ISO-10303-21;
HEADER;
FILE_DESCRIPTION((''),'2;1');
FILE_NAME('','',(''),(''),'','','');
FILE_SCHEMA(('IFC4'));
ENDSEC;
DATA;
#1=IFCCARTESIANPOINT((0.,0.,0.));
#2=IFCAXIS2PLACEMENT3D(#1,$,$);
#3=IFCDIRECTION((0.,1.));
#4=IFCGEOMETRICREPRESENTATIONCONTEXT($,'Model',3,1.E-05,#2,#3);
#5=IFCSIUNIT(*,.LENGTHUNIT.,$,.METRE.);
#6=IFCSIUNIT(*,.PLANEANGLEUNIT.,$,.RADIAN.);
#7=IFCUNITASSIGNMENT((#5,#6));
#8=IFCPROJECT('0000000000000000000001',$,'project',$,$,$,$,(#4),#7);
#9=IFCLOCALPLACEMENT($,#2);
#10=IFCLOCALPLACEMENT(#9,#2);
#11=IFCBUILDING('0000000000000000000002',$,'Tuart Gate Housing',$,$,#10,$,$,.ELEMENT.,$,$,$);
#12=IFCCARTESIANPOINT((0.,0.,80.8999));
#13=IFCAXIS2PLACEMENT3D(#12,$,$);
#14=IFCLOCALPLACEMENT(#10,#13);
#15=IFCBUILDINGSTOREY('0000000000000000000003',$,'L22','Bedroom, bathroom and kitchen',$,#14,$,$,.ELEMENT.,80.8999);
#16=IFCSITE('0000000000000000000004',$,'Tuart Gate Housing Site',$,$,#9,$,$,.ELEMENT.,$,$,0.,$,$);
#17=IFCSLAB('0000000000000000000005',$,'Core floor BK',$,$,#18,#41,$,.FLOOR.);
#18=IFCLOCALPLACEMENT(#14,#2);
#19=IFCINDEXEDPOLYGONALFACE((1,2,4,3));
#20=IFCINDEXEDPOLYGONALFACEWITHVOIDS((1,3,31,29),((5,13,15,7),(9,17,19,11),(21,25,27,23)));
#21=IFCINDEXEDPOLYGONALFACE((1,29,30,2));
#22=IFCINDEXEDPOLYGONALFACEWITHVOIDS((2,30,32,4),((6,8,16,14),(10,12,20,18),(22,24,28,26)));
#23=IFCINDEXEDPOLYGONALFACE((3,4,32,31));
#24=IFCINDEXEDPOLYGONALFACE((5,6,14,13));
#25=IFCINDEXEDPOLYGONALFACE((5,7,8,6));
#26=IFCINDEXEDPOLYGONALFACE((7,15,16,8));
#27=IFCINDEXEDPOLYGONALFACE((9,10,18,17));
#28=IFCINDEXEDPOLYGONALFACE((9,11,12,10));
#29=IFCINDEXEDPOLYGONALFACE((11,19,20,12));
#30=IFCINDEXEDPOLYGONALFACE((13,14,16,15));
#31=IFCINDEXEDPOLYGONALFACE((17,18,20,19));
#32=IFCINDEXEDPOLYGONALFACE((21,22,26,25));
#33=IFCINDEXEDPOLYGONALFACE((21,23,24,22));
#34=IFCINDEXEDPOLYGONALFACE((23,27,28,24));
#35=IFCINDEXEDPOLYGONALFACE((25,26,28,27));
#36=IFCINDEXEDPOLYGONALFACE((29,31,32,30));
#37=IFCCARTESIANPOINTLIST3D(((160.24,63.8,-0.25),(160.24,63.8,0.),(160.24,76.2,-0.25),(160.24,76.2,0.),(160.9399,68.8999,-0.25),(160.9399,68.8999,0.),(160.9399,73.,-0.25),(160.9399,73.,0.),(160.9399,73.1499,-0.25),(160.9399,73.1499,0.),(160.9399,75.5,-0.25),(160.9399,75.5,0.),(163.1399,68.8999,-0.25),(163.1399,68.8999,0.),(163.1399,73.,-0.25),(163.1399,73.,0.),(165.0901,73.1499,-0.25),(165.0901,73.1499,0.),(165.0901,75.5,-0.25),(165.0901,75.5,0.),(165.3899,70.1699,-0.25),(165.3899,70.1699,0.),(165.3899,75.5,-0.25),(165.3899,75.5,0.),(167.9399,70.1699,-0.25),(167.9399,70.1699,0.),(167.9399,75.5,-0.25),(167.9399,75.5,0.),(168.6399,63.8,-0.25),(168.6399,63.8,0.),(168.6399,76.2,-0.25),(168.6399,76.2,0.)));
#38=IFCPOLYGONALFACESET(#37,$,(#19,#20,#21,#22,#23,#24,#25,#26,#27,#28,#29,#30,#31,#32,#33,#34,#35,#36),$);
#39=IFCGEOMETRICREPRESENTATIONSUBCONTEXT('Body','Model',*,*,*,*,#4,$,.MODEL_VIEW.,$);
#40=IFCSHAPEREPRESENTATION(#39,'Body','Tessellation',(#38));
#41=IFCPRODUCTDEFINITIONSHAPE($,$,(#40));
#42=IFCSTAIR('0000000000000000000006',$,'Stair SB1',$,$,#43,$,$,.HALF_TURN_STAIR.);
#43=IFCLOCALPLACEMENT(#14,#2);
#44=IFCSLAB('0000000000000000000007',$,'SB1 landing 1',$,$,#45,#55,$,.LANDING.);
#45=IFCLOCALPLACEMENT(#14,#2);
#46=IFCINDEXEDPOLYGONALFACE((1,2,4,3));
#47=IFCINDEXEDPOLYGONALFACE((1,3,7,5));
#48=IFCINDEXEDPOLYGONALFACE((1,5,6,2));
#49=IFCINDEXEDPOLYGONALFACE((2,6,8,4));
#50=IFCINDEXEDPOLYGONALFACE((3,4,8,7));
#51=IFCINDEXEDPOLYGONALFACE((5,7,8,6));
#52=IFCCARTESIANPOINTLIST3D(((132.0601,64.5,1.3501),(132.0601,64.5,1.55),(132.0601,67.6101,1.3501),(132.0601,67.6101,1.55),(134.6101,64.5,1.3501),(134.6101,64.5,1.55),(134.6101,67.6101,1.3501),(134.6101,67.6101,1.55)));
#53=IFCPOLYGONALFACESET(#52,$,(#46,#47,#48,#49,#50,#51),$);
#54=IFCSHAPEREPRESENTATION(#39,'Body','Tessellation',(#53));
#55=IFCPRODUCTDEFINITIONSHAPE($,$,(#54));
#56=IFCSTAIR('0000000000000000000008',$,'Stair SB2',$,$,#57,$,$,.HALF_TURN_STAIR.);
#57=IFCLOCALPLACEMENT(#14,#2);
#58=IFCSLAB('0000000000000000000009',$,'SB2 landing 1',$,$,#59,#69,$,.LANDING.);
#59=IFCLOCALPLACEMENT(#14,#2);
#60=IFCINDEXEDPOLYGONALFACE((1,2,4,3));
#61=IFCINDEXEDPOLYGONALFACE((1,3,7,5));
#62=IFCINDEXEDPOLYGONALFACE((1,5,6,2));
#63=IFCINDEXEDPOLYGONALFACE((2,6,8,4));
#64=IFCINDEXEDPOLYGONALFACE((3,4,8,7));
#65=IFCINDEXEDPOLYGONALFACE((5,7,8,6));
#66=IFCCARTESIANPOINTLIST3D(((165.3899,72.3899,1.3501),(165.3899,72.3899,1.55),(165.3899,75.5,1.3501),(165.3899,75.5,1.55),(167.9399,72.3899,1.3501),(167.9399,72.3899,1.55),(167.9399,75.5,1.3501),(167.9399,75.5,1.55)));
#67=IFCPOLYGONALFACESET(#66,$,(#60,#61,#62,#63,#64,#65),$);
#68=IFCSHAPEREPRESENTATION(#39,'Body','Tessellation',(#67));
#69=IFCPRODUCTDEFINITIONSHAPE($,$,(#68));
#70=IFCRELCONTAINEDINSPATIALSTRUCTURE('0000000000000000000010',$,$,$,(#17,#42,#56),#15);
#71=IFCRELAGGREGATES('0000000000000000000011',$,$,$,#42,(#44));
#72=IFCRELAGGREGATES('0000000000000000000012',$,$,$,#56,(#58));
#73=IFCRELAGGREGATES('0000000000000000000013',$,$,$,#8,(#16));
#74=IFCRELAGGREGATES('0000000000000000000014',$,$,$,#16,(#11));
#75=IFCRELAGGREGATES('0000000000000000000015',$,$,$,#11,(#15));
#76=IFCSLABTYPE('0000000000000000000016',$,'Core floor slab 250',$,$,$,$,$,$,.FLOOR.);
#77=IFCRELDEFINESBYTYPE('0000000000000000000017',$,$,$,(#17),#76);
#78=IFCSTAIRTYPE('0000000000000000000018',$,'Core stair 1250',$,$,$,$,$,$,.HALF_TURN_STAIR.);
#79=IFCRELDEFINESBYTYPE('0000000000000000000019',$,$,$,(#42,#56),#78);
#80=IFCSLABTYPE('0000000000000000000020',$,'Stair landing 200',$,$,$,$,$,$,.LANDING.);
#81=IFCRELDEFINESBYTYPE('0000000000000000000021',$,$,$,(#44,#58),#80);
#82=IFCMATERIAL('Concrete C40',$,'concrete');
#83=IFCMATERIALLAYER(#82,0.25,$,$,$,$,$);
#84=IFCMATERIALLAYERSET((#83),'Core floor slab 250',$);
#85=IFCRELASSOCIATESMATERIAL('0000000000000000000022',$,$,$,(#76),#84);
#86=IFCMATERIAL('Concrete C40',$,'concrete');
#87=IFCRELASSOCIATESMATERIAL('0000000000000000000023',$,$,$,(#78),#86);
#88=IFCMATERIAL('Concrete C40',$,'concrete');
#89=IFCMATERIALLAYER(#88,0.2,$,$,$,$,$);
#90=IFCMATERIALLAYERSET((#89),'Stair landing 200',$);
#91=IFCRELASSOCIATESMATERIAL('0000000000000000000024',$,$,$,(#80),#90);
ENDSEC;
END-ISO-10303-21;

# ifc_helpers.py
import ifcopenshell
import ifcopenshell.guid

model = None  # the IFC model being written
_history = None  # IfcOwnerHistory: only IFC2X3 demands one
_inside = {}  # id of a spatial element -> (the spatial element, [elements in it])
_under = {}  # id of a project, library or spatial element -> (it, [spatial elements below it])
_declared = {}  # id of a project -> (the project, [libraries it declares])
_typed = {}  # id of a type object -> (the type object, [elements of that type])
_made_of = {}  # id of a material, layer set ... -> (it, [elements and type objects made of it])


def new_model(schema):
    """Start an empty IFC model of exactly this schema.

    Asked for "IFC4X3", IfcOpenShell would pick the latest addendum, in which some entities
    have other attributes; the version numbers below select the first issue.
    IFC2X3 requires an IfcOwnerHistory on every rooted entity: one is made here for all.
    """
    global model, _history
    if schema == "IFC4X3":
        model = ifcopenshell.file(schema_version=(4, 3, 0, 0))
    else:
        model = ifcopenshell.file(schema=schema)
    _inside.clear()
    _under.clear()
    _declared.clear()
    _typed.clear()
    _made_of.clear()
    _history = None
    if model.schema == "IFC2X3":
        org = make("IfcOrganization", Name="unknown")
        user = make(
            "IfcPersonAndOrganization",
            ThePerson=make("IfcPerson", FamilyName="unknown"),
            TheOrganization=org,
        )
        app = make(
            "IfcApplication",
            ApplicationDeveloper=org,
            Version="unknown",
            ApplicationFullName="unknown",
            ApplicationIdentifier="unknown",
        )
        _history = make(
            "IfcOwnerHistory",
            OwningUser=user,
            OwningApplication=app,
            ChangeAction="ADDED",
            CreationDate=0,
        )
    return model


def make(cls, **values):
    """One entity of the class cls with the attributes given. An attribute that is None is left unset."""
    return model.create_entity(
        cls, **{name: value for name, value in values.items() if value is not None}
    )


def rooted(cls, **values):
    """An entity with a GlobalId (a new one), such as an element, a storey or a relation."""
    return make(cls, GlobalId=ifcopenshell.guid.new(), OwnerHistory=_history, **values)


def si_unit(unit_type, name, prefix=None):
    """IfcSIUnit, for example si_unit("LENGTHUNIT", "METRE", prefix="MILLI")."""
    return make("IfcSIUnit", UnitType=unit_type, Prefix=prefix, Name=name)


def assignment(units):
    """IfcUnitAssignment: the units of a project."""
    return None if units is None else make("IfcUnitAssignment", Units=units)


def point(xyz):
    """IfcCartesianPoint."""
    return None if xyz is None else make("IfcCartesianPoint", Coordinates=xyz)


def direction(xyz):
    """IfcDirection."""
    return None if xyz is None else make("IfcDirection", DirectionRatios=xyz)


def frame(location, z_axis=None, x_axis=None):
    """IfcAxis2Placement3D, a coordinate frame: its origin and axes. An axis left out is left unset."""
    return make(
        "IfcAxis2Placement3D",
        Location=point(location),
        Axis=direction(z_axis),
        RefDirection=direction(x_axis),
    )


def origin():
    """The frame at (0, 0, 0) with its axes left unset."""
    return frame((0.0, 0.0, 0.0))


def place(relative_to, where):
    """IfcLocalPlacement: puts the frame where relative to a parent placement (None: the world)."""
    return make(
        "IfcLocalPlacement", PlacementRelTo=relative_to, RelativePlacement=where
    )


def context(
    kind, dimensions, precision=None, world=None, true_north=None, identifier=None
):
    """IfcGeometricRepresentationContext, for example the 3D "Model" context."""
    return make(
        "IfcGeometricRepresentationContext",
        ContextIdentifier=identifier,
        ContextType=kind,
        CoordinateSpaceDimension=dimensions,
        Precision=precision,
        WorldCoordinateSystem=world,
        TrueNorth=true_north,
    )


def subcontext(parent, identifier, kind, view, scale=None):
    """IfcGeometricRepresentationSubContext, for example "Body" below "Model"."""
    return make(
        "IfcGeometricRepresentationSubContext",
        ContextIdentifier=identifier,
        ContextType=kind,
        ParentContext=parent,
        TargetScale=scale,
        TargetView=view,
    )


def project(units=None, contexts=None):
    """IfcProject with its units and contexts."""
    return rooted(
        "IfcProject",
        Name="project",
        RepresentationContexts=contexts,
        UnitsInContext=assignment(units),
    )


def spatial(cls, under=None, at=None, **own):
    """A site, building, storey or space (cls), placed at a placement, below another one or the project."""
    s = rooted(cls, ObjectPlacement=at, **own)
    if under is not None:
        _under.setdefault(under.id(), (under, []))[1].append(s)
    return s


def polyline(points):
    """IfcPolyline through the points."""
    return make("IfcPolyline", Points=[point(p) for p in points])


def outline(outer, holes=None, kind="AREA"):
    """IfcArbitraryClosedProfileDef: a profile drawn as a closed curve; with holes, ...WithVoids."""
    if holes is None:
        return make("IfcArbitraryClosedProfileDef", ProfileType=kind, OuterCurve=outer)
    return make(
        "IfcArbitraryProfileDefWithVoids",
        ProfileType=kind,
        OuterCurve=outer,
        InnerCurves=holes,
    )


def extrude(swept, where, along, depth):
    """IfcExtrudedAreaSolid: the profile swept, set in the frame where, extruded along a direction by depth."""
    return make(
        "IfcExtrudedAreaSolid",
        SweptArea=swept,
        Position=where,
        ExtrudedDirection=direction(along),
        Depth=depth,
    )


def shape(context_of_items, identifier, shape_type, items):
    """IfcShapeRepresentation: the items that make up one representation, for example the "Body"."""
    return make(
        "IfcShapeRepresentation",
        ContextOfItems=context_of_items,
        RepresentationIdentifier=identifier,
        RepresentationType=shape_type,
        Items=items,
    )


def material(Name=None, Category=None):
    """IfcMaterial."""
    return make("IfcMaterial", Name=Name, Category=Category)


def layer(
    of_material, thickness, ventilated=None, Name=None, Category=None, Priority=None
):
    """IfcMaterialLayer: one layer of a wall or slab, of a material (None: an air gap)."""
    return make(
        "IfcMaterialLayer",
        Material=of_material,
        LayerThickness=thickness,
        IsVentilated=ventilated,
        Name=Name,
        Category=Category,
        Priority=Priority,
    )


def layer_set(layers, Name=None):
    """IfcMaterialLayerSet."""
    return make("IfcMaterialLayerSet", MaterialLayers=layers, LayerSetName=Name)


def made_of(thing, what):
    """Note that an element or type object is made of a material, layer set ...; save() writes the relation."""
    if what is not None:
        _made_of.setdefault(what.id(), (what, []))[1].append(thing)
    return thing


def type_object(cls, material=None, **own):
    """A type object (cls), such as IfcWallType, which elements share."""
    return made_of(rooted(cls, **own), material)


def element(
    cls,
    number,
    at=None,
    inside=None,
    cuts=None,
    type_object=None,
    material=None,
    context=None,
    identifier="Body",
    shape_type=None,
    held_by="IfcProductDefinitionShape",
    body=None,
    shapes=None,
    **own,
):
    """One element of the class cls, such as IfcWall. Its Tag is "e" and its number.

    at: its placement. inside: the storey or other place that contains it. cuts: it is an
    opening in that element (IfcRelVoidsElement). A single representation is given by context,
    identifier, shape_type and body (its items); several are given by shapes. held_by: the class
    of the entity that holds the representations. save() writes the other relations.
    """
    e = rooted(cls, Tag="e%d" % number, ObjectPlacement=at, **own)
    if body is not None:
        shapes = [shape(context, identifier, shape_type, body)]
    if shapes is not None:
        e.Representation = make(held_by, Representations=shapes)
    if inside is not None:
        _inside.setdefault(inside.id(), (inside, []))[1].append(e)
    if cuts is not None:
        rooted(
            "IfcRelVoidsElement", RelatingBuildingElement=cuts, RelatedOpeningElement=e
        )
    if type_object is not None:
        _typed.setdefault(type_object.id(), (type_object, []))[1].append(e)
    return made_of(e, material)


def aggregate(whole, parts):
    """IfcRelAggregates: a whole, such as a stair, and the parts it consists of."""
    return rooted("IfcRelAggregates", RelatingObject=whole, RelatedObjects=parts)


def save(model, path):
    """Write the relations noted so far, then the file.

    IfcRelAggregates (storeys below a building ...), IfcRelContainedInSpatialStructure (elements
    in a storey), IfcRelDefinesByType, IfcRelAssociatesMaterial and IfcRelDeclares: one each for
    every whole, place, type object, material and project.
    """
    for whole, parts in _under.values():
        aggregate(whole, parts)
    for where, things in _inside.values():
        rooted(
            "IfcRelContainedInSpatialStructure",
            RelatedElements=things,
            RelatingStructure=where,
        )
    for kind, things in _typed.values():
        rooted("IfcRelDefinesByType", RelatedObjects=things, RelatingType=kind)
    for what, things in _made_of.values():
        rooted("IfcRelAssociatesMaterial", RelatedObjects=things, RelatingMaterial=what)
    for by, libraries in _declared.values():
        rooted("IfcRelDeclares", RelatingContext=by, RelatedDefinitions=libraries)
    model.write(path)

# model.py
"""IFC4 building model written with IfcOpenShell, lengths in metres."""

from ifc_helpers import new_model, si_unit, direction, frame, origin, place, context, subcontext, project, spatial, polyline, outline, extrude, material, layer, layer_set, type_object, element, aggregate, save


model = new_model("IFC4")

# Units and contexts
model_context = context("Model", 3, precision=1e-05, world=origin(), true_north=direction((0.0, 1.0)))
body_context = subcontext(model_context, "Body", "Model", "MODEL_VIEW")
ifc_project = project(units=[si_unit("LENGTHUNIT", "METRE"), si_unit("PLANEANGLEUNIT", "RADIAN")], contexts=[model_context])

# Site, building, storey
site_placement = place(None, origin())
site = spatial("IfcSite", under=ifc_project, at=site_placement, Name="Tuart Gate Housing Site", CompositionType="ELEMENT", RefElevation=0.0)
building_placement = place(site_placement, origin())
building = spatial("IfcBuilding", under=site, at=building_placement, Name="Tuart Gate Housing", CompositionType="ELEMENT")
storey_placement = place(building_placement, frame((0.0, 0.0, 80.8999)))
storey = spatial("IfcBuildingStorey", under=building, at=storey_placement, Name="L22", Description="Bedroom, bathroom and kitchen", CompositionType="ELEMENT", Elevation=80.8999)

# Slab
ifc_material_1 = material(Name="Concrete C40", Category="concrete")
ifc_layer_1 = layer(ifc_material_1, 0.25)
ifc_layer_set_1 = layer_set([ifc_layer_1], Name="Core floor slab 250")
slab_type_1 = type_object("IfcSlabType", Name="Core floor slab 250", PredefinedType="FLOOR", material=ifc_layer_set_1)
slab_1_placement = place(storey_placement, frame((0.0, 0.0, -0.25)))
element("IfcSlab", 1, at=slab_1_placement, inside=storey, type_object=slab_type_1, Name="Core floor BK", PredefinedType="FLOOR", context=body_context, shape_type="SweptSolid", body=[
    extrude(outline(polyline([(160.24, 63.8), (168.6399, 63.8), (168.6399, 76.2), (160.24, 76.2), (160.24, 63.8)]), holes=[polyline([(160.9399, 73.1499), (165.0901, 73.1499), (165.0901, 75.5), (160.9399, 75.5), (160.9399, 73.1499)]), polyline([(160.9399, 68.8999), (163.1399, 68.8999), (163.1399, 73.0), (160.9399, 73.0), (160.9399, 68.8999)]), polyline([(165.3899, 70.1699), (167.9399, 70.1699), (167.9399, 75.5), (165.3899, 75.5), (165.3899, 70.1699)])]), origin(), (0.0, 0.0, 1.0), 0.25),
])

# Stairs, slabs
ifc_material_2 = material(Name="Concrete C40", Category="concrete")
stair_type = type_object("IfcStairType", Name="Core stair 1250", PredefinedType="HALF_TURN_STAIR", material=ifc_material_2)
stair_1_placement = place(storey_placement, origin())
stair_1 = element("IfcStair", 2, at=stair_1_placement, inside=storey, type_object=stair_type, Name="Stair SB1", PredefinedType="HALF_TURN_STAIR")
ifc_material_3 = material(Name="Concrete C40", Category="concrete")
ifc_layer_2 = layer(ifc_material_3, 0.2)
ifc_layer_set_2 = layer_set([ifc_layer_2], Name="Stair landing 200")
slab_type_2 = type_object("IfcSlabType", Name="Stair landing 200", PredefinedType="LANDING", material=ifc_layer_set_2)
slab_2_placement = place(storey_placement, frame((0.0, 0.0, 1.3501)))
slab_2 = element("IfcSlab", 3, at=slab_2_placement, type_object=slab_type_2, Name="SB1 landing 1", PredefinedType="LANDING", context=body_context, shape_type="SweptSolid", body=[
    extrude(outline(polyline([(134.6101, 67.6101), (132.0601, 67.6101), (132.0601, 64.5), (134.6101, 64.5), (134.6101, 67.6101)])), origin(), (0.0, 0.0, 1.0), 0.2),
])
aggregate(stair_1, [slab_2])
stair_2_placement = place(storey_placement, origin())
stair_2 = element("IfcStair", 4, at=stair_2_placement, inside=storey, type_object=stair_type, Name="Stair SB2", PredefinedType="HALF_TURN_STAIR")
slab_3_placement = place(storey_placement, frame((0.0, 0.0, 1.3501)))
slab_3 = element("IfcSlab", 5, at=slab_3_placement, type_object=slab_type_2, Name="SB2 landing 1", PredefinedType="LANDING", context=body_context, shape_type="SweptSolid", body=[
    extrude(outline(polyline([(165.3899, 72.3899), (167.9399, 72.3899), (167.9399, 75.5), (165.3899, 75.5), (165.3899, 72.3899)])), origin(), (0.0, 0.0, 1.0), 0.2),
])
aggregate(stair_2, [slab_3])

save(model, "model.ifc")
